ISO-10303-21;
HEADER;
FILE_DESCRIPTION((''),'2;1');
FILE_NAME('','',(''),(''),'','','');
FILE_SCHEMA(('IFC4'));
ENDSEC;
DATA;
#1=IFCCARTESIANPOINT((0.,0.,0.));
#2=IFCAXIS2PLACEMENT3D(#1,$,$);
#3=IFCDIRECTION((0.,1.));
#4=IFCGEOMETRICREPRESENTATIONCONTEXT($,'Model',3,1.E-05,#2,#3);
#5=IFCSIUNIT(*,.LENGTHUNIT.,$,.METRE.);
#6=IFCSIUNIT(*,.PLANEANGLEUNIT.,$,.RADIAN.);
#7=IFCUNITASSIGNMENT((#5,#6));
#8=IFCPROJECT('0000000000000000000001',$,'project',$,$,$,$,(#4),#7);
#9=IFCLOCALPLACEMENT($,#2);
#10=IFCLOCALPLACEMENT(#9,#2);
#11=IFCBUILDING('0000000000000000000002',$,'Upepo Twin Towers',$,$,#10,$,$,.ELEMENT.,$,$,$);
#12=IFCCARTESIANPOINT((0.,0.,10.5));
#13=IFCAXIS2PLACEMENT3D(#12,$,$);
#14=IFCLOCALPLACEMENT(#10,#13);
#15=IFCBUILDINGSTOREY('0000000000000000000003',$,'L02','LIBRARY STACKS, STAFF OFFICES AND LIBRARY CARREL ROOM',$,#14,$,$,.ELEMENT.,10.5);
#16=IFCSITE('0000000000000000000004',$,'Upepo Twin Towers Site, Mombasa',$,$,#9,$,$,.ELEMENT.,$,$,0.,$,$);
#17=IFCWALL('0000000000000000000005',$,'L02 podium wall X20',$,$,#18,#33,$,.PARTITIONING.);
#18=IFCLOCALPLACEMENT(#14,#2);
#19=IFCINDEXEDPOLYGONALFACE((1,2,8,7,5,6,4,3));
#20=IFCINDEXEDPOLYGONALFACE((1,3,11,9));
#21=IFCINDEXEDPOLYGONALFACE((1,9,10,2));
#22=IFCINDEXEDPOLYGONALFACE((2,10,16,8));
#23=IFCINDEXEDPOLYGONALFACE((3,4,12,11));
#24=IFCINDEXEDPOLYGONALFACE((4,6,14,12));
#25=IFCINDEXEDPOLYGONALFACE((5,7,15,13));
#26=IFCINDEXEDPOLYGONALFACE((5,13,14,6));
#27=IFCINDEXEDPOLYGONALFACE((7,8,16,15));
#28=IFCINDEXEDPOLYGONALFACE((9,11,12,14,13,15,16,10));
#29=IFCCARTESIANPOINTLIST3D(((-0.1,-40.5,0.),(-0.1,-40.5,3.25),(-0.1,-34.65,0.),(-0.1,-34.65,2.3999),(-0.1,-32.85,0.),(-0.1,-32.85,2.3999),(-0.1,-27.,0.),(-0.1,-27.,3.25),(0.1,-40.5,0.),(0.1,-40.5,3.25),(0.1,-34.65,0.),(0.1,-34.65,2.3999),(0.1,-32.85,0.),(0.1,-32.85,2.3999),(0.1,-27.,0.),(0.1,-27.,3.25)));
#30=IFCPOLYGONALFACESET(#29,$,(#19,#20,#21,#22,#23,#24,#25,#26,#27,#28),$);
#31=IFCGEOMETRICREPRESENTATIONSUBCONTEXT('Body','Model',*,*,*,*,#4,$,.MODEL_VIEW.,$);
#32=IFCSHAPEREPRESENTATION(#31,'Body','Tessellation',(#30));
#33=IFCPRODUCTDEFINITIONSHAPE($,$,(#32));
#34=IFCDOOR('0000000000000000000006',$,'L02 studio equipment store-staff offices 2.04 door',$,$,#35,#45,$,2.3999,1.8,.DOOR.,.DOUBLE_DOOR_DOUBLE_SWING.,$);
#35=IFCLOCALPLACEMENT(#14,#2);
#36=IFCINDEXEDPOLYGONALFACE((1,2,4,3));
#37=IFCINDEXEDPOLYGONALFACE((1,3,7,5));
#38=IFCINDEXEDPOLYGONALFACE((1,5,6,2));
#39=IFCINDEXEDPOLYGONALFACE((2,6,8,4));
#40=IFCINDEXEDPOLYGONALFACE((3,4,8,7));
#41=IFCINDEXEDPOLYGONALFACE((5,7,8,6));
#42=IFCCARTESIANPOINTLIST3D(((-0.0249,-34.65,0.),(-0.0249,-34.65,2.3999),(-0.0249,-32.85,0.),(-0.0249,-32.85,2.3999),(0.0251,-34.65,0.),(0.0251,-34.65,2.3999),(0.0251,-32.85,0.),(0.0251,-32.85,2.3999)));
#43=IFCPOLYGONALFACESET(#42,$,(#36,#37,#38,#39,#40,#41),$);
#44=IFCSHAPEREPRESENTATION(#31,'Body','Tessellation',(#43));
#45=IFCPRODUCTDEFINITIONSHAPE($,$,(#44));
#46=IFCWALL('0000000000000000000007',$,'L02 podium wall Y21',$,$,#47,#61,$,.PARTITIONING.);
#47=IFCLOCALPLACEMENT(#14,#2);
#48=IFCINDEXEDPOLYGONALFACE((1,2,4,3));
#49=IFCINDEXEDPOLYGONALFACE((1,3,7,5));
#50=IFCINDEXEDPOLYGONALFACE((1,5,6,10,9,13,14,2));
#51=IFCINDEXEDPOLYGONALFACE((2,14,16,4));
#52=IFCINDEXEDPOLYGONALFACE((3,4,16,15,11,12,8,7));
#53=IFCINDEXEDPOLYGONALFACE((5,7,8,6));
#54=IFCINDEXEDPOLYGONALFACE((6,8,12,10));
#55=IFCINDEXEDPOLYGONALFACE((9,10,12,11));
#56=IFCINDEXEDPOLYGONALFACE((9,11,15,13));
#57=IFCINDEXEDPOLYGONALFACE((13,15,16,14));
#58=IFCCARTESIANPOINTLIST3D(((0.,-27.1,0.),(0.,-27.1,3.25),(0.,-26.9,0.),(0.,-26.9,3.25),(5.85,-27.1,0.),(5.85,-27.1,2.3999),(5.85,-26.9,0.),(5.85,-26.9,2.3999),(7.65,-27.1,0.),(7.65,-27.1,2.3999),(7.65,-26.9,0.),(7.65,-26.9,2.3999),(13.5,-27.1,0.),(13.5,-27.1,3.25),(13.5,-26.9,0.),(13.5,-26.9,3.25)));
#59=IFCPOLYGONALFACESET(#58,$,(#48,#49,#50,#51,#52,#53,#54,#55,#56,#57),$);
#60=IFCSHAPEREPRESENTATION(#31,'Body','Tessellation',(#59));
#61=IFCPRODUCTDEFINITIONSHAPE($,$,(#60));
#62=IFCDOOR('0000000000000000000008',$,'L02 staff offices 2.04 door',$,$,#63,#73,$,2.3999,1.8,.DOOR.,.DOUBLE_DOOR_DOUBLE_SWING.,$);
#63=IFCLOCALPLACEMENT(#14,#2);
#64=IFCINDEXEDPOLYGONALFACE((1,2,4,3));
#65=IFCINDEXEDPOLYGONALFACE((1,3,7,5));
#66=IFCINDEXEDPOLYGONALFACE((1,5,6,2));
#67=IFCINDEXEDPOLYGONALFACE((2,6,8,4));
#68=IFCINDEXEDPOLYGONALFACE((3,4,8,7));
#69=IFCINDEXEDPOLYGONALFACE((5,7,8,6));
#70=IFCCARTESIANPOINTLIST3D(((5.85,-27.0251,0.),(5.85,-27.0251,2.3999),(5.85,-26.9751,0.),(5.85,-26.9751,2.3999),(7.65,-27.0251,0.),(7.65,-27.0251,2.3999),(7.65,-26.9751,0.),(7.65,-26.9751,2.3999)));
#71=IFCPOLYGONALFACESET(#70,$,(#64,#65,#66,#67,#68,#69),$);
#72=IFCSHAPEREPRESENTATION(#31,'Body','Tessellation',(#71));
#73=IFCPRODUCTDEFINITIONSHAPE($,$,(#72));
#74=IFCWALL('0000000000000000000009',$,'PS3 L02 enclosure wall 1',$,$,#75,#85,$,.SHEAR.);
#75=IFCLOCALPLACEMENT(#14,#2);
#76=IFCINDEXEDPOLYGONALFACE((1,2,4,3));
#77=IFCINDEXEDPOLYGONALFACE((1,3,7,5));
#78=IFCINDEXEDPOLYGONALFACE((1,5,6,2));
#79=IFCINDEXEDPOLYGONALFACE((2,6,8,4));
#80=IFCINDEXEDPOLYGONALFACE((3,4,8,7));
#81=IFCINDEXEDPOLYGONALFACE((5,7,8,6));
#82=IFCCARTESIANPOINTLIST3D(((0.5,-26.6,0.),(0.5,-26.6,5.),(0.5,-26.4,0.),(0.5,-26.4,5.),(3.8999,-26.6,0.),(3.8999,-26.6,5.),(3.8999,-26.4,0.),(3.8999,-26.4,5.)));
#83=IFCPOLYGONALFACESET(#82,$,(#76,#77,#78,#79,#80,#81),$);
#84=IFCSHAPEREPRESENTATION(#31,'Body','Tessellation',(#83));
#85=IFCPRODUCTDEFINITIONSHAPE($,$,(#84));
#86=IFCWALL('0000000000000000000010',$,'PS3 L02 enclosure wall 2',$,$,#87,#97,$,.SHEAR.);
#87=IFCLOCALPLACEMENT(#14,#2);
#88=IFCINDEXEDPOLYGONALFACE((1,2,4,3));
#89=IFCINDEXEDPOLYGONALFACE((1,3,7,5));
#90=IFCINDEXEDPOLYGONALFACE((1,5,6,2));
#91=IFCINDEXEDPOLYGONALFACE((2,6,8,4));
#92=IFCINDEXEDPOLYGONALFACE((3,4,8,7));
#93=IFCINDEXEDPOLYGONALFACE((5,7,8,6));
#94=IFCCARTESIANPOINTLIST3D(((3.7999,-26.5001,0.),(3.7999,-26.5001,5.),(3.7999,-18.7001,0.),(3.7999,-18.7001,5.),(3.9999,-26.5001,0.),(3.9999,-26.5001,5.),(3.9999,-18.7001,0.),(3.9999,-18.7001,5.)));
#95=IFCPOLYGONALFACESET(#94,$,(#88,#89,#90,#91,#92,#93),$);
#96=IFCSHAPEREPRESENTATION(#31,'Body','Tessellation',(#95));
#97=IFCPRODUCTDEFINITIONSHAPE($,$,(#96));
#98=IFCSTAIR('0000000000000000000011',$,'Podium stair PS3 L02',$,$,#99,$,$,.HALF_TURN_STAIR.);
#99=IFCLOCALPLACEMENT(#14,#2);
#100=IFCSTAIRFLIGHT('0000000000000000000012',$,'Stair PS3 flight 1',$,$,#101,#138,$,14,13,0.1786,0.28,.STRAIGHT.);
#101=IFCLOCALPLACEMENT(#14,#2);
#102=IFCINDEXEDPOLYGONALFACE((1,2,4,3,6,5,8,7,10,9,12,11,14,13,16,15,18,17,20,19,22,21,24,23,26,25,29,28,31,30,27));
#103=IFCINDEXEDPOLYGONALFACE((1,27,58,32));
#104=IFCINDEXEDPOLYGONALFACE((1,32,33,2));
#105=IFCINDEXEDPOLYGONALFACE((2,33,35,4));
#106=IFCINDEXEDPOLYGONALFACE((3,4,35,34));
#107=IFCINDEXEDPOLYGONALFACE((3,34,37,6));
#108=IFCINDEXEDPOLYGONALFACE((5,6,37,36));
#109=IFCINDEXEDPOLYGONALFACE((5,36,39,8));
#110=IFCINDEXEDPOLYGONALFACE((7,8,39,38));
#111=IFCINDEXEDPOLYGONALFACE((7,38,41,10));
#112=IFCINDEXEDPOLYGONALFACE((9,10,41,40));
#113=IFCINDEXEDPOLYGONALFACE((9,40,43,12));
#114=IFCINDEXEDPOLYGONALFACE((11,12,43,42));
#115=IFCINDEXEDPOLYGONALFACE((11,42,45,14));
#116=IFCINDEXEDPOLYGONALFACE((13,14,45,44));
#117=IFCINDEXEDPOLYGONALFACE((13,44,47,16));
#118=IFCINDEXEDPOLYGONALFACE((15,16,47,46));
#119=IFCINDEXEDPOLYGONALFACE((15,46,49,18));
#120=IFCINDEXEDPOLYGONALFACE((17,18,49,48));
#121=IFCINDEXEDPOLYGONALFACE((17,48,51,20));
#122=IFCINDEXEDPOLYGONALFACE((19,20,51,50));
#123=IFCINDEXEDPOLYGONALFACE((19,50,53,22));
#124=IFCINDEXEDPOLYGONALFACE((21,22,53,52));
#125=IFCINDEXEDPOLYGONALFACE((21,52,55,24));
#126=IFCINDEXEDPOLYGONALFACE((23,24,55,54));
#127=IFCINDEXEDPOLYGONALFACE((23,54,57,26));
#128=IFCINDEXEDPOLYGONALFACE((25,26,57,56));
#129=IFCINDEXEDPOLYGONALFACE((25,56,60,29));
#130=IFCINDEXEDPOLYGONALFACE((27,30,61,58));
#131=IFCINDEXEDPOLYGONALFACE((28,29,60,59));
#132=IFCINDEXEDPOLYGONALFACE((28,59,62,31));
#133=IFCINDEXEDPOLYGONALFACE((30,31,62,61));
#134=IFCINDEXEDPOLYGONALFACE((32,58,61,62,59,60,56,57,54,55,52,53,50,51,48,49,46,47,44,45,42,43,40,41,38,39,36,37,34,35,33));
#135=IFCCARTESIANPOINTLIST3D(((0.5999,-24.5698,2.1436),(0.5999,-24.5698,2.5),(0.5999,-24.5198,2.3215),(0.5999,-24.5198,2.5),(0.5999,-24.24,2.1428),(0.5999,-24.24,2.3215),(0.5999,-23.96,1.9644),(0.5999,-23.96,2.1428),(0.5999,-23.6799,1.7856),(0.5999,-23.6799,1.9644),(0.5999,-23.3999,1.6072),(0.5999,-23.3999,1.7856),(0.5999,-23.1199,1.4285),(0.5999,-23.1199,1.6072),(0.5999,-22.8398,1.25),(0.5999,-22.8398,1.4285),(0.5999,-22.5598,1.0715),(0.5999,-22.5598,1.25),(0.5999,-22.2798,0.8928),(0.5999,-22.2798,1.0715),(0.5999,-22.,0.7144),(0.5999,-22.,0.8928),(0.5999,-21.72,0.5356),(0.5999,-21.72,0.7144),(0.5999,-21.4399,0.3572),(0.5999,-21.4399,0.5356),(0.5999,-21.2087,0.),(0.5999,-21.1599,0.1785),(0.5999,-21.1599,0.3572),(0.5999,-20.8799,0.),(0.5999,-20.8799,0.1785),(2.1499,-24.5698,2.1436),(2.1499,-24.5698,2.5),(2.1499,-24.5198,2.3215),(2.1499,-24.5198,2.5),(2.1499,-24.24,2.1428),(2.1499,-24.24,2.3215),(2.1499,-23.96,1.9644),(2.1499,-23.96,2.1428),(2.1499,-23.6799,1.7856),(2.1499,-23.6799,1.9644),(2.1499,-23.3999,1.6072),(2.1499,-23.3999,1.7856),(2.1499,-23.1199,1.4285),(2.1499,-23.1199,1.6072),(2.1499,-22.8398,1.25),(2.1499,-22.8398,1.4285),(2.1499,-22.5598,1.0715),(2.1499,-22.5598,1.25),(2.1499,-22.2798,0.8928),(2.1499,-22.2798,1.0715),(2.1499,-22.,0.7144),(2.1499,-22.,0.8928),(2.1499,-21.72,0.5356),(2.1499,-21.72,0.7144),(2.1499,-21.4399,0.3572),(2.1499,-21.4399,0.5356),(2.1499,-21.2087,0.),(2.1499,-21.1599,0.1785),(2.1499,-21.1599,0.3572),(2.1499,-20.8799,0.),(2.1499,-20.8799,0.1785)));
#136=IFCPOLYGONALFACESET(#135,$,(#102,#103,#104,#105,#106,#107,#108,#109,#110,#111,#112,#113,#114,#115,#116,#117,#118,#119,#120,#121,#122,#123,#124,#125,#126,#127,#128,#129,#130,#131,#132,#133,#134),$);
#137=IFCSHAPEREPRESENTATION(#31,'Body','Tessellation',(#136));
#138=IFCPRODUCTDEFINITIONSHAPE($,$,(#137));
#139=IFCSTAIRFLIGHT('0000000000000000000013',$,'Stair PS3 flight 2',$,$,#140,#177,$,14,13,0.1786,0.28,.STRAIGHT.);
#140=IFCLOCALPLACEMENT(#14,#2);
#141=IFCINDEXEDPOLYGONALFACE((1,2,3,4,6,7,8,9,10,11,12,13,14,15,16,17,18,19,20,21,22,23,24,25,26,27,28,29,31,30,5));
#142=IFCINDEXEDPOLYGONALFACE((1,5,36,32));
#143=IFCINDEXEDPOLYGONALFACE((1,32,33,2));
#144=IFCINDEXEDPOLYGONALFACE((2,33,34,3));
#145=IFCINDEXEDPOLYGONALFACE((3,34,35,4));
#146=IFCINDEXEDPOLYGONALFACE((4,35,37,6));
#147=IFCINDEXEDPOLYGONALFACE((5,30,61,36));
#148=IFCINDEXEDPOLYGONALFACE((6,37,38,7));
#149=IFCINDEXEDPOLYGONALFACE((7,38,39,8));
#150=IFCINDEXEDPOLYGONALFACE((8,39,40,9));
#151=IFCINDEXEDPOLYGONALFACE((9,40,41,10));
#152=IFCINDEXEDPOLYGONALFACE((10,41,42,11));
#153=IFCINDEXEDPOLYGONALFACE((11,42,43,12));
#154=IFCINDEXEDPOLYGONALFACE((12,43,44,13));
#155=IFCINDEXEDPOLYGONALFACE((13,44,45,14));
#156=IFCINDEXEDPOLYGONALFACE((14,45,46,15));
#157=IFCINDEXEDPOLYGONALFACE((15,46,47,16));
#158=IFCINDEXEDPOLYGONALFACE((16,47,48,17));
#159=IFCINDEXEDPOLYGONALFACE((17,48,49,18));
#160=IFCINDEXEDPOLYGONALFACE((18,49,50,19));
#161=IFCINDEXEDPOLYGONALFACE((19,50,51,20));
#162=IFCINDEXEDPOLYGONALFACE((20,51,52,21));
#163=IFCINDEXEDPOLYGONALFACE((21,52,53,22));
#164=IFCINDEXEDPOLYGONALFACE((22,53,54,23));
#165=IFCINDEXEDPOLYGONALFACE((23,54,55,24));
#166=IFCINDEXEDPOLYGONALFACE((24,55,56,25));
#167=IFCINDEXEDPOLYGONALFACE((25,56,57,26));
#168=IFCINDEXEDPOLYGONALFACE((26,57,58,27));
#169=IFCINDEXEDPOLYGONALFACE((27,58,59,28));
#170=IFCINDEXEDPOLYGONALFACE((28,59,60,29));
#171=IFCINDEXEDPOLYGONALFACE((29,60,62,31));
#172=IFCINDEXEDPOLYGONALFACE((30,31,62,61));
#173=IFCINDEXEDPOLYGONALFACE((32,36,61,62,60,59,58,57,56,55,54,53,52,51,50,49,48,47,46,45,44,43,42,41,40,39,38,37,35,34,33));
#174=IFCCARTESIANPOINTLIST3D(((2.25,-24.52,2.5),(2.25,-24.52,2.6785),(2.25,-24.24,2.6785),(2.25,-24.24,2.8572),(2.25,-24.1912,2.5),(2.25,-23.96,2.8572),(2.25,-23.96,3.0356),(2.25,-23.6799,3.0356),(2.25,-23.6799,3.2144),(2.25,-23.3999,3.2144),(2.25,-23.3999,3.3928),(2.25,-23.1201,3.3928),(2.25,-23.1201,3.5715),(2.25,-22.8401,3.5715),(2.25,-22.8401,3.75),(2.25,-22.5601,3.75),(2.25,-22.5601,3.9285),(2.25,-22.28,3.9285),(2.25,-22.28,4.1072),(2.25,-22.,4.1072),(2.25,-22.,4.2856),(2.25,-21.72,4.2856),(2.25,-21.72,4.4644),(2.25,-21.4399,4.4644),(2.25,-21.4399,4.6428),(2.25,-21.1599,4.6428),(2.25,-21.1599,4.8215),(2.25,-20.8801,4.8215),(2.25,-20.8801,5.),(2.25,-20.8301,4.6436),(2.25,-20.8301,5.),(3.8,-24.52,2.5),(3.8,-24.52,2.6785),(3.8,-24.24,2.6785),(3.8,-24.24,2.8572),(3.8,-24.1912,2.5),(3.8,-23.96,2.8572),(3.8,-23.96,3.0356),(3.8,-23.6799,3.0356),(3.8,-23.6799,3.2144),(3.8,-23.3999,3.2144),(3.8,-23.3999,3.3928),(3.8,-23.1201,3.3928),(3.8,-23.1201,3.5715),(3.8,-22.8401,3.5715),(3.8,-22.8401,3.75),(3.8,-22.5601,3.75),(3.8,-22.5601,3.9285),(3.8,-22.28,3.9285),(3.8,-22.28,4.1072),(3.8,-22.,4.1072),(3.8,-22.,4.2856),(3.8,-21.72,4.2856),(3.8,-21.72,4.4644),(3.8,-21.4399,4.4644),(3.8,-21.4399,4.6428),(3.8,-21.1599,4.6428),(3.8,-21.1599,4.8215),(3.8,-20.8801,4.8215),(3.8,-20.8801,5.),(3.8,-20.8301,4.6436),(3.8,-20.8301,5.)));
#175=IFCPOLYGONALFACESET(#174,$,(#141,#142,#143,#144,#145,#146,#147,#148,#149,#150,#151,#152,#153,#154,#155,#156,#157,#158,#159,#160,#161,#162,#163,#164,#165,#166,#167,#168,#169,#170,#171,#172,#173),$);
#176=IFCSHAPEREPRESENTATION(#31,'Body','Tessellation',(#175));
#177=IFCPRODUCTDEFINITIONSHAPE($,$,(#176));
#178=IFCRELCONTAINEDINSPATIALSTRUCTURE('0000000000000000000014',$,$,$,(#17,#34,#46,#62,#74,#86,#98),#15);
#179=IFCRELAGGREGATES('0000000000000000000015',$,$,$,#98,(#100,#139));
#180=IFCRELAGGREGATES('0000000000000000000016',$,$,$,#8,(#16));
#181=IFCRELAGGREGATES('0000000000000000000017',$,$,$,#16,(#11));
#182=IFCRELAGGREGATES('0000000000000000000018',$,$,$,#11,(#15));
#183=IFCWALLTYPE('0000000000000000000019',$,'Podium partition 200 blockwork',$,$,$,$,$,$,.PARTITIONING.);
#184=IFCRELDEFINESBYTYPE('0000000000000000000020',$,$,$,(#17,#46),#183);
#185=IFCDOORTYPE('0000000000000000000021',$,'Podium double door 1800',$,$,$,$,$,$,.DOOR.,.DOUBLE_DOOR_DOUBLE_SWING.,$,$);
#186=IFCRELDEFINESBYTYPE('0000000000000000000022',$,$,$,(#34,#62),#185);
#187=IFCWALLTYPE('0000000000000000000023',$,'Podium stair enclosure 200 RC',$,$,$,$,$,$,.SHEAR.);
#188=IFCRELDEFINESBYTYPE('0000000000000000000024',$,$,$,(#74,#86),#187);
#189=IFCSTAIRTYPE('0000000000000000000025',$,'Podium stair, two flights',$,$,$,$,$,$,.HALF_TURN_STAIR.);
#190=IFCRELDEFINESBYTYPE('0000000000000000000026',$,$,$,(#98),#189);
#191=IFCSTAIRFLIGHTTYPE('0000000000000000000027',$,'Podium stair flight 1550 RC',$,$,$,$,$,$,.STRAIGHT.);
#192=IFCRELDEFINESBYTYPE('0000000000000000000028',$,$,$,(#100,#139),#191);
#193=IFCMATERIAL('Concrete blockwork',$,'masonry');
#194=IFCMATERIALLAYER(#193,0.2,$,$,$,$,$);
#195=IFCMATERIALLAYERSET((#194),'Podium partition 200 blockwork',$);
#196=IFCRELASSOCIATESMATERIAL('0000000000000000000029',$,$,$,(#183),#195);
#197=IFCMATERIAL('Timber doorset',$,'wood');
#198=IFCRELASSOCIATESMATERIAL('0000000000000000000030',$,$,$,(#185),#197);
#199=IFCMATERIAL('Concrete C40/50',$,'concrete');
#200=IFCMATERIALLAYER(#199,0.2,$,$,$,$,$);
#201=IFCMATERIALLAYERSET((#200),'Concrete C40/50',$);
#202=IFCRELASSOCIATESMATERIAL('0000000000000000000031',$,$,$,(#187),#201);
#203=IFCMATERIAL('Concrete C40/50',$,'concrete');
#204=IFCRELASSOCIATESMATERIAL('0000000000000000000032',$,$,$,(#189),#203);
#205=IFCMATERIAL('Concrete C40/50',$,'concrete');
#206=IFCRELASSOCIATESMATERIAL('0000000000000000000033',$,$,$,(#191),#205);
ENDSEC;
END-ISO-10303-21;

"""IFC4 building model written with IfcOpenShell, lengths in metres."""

from ifc_helpers import new_model, si_unit, direction, frame, frame_2d, origin, place, context, subcontext, project, spatial, polyline, rectangle, outline, extrude, material, layer, layer_set, type_object, element, fill, aggregate, save


model = new_model("IFC4")

# Units and contexts
model_context = context("Model", 3, precision=1e-05, world=origin(), true_north=direction((0.0, 1.0)))
body_context = subcontext(model_context, "Body", "Model", "MODEL_VIEW")
ifc_project = project(units=[si_unit("LENGTHUNIT", "METRE"), si_unit("PLANEANGLEUNIT", "RADIAN")], contexts=[model_context])

# Site, building, storey
site_placement = place(None, origin())
site = spatial("IfcSite", under=ifc_project, at=site_placement, Name="Upepo Twin Towers Site, Mombasa", CompositionType="ELEMENT", RefElevation=0.0)
building_placement = place(site_placement, origin())
building = spatial("IfcBuilding", under=site, at=building_placement, Name="Upepo Twin Towers", CompositionType="ELEMENT")
storey_placement = place(building_placement, frame((0.0, 0.0, 10.5)))
storey = spatial("IfcBuildingStorey", under=building, at=storey_placement, Name="L02", Description="LIBRARY STACKS, STAFF OFFICES AND LIBRARY CARREL ROOM", CompositionType="ELEMENT", Elevation=10.5)

# Walls, openings, doors
ifc_material_1 = material(Name="Concrete blockwork", Category="masonry")
ifc_layer_1 = layer(ifc_material_1, 0.2)
ifc_layer_set_1 = layer_set([ifc_layer_1], Name="Podium partition 200 blockwork")
wall_type_1 = type_object("IfcWallType", Name="Podium partition 200 blockwork", PredefinedType="PARTITIONING", material=ifc_layer_set_1)
wall_1_placement = place(storey_placement, frame((0.0, -40.5, 0.0), z_axis=(0.0, 0.0, 1.0), x_axis=(0.0, 1.0, 0.0)))
wall_1 = element("IfcWall", 1, at=wall_1_placement, inside=storey, type_object=wall_type_1, Name="L02 podium wall X20", PredefinedType="PARTITIONING", context=body_context, shape_type="SweptSolid", body=[
    extrude(rectangle(XDim=13.5, YDim=0.2, at=frame_2d((6.75, 0.0))), origin(), (0.0, 0.0, 1.0), 3.25),
])
opening_1_placement = place(wall_1_placement, frame((5.8501, 0.0, 0.0)))
opening_1 = element("IfcOpeningElement", 2, at=opening_1_placement, cuts=wall_1, PredefinedType="OPENING", context=body_context, shape_type="SweptSolid", body=[
    extrude(rectangle(XDim=1.8, YDim=2.3999, at=frame_2d((0.8999, 1.2))), frame((0.0, 0.1099, 0.0), z_axis=(0.0, -1.0, 0.0), x_axis=(1.0, 0.0, 0.0)), (0.0, 0.0, 1.0), 0.22),
])
ifc_material_2 = material(Name="Timber doorset", Category="wood")
door_type = type_object("IfcDoorType", Name="Podium double door 1800", OperationType="DOUBLE_DOOR_DOUBLE_SWING", PredefinedType="DOOR", material=ifc_material_2)
door_1_placement = place(opening_1_placement, origin())
door_1 = element("IfcDoor", 3, at=door_1_placement, inside=storey, type_object=door_type, Name="L02 studio equipment store-staff offices 2.04 door", OperationType="DOUBLE_DOOR_DOUBLE_SWING", OverallHeight=2.3999, OverallWidth=1.8, PredefinedType="DOOR", context=body_context, shape_type="SweptSolid", body=[
    extrude(rectangle(XDim=1.8, YDim=2.3999, at=frame_2d((0.8999, 1.2))), frame((0.0, 0.0249, 0.0), z_axis=(0.0, -1.0, 0.0), x_axis=(1.0, 0.0, 0.0)), (0.0, 0.0, 1.0), 0.05),
])
fill(opening_1, door_1)
wall_2_placement = place(storey_placement, frame((0.0, -27.0, 0.0), z_axis=(0.0, 0.0, 1.0), x_axis=(1.0, 0.0, 0.0)))
wall_2 = element("IfcWall", 4, at=wall_2_placement, inside=storey, type_object=wall_type_1, Name="L02 podium wall Y21", PredefinedType="PARTITIONING", context=body_context, shape_type="SweptSolid", body=[
    extrude(rectangle(XDim=13.5, YDim=0.2, at=frame_2d((6.75, 0.0))), origin(), (0.0, 0.0, 1.0), 3.25),
])
opening_2_placement = place(wall_2_placement, frame((5.8501, 0.0, 0.0)))
opening_2 = element("IfcOpeningElement", 5, at=opening_2_placement, cuts=wall_2, PredefinedType="OPENING", context=body_context, shape_type="SweptSolid", body=[
    extrude(rectangle(XDim=1.8, YDim=2.3999, at=frame_2d((0.8999, 1.2))), frame((0.0, 0.1099, 0.0), z_axis=(0.0, -1.0, 0.0), x_axis=(1.0, 0.0, 0.0)), (0.0, 0.0, 1.0), 0.22),
])
door_2_placement = place(opening_2_placement, origin())
door_2 = element("IfcDoor", 6, at=door_2_placement, inside=storey, type_object=door_type, Name="L02 staff offices 2.04 door", OperationType="DOUBLE_DOOR_DOUBLE_SWING", OverallHeight=2.3999, OverallWidth=1.8, PredefinedType="DOOR", context=body_context, shape_type="SweptSolid", body=[
    extrude(rectangle(XDim=1.8, YDim=2.3999, at=frame_2d((0.8999, 1.2))), frame((0.0, 0.0249, 0.0), z_axis=(0.0, -1.0, 0.0), x_axis=(1.0, 0.0, 0.0)), (0.0, 0.0, 1.0), 0.05),
])
fill(opening_2, door_2)

# Walls
ifc_material_3 = material(Name="Concrete C40/50", Category="concrete")
ifc_layer_2 = layer(ifc_material_3, 0.2)
ifc_layer_set_2 = layer_set([ifc_layer_2], Name="Concrete C40/50")
wall_type_2 = type_object("IfcWallType", Name="Podium stair enclosure 200 RC", PredefinedType="SHEAR", material=ifc_layer_set_2)
wall_3_placement = place(storey_placement, frame((0.5, -26.5, 0.0), z_axis=(0.0, 0.0, 1.0), x_axis=(1.0, 0.0, 0.0)))
element("IfcWall", 7, at=wall_3_placement, inside=storey, type_object=wall_type_2, Name="PS3 L02 enclosure wall 1", PredefinedType="SHEAR", context=body_context, shape_type="SweptSolid", body=[
    extrude(rectangle(XDim=3.3999, YDim=0.2, at=frame_2d((1.7, 0.0))), origin(), (0.0, 0.0, 1.0), 5.0),
])
wall_4_placement = place(storey_placement, frame((3.8999, -26.5, 0.0), z_axis=(0.0, 0.0, 1.0), x_axis=(0.0, 1.0, 0.0)))
element("IfcWall", 8, at=wall_4_placement, inside=storey, type_object=wall_type_2, Name="PS3 L02 enclosure wall 2", PredefinedType="SHEAR", context=body_context, shape_type="SweptSolid", body=[
    extrude(rectangle(XDim=7.8, YDim=0.2, at=frame_2d((3.8999, 0.0))), origin(), (0.0, 0.0, 1.0), 5.0),
])

# Stair, stair flights
ifc_material_4 = material(Name="Concrete C40/50", Category="concrete")
stair_type = type_object("IfcStairType", Name="Podium stair, two flights", PredefinedType="HALF_TURN_STAIR", material=ifc_material_4)
stair_placement = place(storey_placement, origin())
stair = element("IfcStair", 9, at=stair_placement, inside=storey, type_object=stair_type, Name="Podium stair PS3 L02", PredefinedType="HALF_TURN_STAIR")
ifc_material_5 = material(Name="Concrete C40/50", Category="concrete")
stair_flight_type = type_object("IfcStairFlightType", Name="Podium stair flight 1550 RC", PredefinedType="STRAIGHT", material=ifc_material_5)
stair_flight_1_placement = place(storey_placement, frame((1.375, -20.8799, 0.0), z_axis=(0.0, 0.0, 1.0), x_axis=(0.0, -1.0, 0.0)))
stair_flight_1 = element("IfcStairFlight", 10, at=stair_flight_1_placement, type_object=stair_flight_type, Name="Stair PS3 flight 1", NumberOfRisers=14, NumberOfTreads=13, PredefinedType="STRAIGHT", RiserHeight=0.1786, TreadLength=0.28, context=body_context, shape_type="SweptSolid", body=[
    extrude(outline(polyline([(0.0, 0.0), (0.0, 0.1785), (0.28, 0.1785), (0.28, 0.3572), (0.5601, 0.3572), (0.5601, 0.5356), (0.8401, 0.5356), (0.8401, 0.7144), (1.1201, 0.7144), (1.1201, 0.8928), (1.3999, 0.8928), (1.3999, 1.0715), (1.6799, 1.0715), (1.6799, 1.25), (1.96, 1.25), (1.96, 1.4285), (2.24, 1.4285), (2.24, 1.6072), (2.52, 1.6072), (2.52, 1.7856), (2.8, 1.7856), (2.8, 1.9644), (3.0801, 1.9644), (3.0801, 2.1428), (3.3601, 2.1428), (3.3601, 2.3215), (3.6399, 2.3215), (3.6399, 2.5), (3.6899, 2.5), (3.6899, 2.1436), (0.3289, 0.0), (0.0, 0.0)])), frame((0.0, 0.7749, 0.0), z_axis=(0.0, -1.0, 0.0), x_axis=(1.0, 0.0, 0.0)), (0.0, 0.0, 1.0), 1.55),
])
stair_flight_2_placement = place(storey_placement, frame((3.0249, -24.52, 2.5), z_axis=(0.0, 0.0, 1.0), x_axis=(0.0, 1.0, 0.0)))
stair_flight_2 = element("IfcStairFlight", 11, at=stair_flight_2_placement, type_object=stair_flight_type, Name="Stair PS3 flight 2", NumberOfRisers=14, NumberOfTreads=13, PredefinedType="STRAIGHT", RiserHeight=0.1786, TreadLength=0.28, context=body_context, shape_type="SweptSolid", body=[
    extrude(outline(polyline([(0.0, 0.0), (0.0, 0.1785), (0.28, 0.1785), (0.28, 0.3572), (0.5601, 0.3572), (0.5601, 0.5356), (0.8401, 0.5356), (0.8401, 0.7144), (1.1201, 0.7144), (1.1201, 0.8928), (1.3999, 0.8928), (1.3999, 1.0715), (1.6799, 1.0715), (1.6799, 1.25), (1.96, 1.25), (1.96, 1.4285), (2.24, 1.4285), (2.24, 1.6072), (2.52, 1.6072), (2.52, 1.7856), (2.8, 1.7856), (2.8, 1.9644), (3.0801, 1.9644), (3.0801, 2.1428), (3.3601, 2.1428), (3.3601, 2.3215), (3.6399, 2.3215), (3.6399, 2.5), (3.6899, 2.5), (3.6899, 2.1436), (0.3289, 0.0), (0.0, 0.0)])), frame((0.0, 0.7749, 0.0), z_axis=(0.0, -1.0, 0.0), x_axis=(1.0, 0.0, 0.0)), (0.0, 0.0, 1.0), 1.55),
])
aggregate(stair, [stair_flight_1, stair_flight_2])

save(model, "model.ifc")
